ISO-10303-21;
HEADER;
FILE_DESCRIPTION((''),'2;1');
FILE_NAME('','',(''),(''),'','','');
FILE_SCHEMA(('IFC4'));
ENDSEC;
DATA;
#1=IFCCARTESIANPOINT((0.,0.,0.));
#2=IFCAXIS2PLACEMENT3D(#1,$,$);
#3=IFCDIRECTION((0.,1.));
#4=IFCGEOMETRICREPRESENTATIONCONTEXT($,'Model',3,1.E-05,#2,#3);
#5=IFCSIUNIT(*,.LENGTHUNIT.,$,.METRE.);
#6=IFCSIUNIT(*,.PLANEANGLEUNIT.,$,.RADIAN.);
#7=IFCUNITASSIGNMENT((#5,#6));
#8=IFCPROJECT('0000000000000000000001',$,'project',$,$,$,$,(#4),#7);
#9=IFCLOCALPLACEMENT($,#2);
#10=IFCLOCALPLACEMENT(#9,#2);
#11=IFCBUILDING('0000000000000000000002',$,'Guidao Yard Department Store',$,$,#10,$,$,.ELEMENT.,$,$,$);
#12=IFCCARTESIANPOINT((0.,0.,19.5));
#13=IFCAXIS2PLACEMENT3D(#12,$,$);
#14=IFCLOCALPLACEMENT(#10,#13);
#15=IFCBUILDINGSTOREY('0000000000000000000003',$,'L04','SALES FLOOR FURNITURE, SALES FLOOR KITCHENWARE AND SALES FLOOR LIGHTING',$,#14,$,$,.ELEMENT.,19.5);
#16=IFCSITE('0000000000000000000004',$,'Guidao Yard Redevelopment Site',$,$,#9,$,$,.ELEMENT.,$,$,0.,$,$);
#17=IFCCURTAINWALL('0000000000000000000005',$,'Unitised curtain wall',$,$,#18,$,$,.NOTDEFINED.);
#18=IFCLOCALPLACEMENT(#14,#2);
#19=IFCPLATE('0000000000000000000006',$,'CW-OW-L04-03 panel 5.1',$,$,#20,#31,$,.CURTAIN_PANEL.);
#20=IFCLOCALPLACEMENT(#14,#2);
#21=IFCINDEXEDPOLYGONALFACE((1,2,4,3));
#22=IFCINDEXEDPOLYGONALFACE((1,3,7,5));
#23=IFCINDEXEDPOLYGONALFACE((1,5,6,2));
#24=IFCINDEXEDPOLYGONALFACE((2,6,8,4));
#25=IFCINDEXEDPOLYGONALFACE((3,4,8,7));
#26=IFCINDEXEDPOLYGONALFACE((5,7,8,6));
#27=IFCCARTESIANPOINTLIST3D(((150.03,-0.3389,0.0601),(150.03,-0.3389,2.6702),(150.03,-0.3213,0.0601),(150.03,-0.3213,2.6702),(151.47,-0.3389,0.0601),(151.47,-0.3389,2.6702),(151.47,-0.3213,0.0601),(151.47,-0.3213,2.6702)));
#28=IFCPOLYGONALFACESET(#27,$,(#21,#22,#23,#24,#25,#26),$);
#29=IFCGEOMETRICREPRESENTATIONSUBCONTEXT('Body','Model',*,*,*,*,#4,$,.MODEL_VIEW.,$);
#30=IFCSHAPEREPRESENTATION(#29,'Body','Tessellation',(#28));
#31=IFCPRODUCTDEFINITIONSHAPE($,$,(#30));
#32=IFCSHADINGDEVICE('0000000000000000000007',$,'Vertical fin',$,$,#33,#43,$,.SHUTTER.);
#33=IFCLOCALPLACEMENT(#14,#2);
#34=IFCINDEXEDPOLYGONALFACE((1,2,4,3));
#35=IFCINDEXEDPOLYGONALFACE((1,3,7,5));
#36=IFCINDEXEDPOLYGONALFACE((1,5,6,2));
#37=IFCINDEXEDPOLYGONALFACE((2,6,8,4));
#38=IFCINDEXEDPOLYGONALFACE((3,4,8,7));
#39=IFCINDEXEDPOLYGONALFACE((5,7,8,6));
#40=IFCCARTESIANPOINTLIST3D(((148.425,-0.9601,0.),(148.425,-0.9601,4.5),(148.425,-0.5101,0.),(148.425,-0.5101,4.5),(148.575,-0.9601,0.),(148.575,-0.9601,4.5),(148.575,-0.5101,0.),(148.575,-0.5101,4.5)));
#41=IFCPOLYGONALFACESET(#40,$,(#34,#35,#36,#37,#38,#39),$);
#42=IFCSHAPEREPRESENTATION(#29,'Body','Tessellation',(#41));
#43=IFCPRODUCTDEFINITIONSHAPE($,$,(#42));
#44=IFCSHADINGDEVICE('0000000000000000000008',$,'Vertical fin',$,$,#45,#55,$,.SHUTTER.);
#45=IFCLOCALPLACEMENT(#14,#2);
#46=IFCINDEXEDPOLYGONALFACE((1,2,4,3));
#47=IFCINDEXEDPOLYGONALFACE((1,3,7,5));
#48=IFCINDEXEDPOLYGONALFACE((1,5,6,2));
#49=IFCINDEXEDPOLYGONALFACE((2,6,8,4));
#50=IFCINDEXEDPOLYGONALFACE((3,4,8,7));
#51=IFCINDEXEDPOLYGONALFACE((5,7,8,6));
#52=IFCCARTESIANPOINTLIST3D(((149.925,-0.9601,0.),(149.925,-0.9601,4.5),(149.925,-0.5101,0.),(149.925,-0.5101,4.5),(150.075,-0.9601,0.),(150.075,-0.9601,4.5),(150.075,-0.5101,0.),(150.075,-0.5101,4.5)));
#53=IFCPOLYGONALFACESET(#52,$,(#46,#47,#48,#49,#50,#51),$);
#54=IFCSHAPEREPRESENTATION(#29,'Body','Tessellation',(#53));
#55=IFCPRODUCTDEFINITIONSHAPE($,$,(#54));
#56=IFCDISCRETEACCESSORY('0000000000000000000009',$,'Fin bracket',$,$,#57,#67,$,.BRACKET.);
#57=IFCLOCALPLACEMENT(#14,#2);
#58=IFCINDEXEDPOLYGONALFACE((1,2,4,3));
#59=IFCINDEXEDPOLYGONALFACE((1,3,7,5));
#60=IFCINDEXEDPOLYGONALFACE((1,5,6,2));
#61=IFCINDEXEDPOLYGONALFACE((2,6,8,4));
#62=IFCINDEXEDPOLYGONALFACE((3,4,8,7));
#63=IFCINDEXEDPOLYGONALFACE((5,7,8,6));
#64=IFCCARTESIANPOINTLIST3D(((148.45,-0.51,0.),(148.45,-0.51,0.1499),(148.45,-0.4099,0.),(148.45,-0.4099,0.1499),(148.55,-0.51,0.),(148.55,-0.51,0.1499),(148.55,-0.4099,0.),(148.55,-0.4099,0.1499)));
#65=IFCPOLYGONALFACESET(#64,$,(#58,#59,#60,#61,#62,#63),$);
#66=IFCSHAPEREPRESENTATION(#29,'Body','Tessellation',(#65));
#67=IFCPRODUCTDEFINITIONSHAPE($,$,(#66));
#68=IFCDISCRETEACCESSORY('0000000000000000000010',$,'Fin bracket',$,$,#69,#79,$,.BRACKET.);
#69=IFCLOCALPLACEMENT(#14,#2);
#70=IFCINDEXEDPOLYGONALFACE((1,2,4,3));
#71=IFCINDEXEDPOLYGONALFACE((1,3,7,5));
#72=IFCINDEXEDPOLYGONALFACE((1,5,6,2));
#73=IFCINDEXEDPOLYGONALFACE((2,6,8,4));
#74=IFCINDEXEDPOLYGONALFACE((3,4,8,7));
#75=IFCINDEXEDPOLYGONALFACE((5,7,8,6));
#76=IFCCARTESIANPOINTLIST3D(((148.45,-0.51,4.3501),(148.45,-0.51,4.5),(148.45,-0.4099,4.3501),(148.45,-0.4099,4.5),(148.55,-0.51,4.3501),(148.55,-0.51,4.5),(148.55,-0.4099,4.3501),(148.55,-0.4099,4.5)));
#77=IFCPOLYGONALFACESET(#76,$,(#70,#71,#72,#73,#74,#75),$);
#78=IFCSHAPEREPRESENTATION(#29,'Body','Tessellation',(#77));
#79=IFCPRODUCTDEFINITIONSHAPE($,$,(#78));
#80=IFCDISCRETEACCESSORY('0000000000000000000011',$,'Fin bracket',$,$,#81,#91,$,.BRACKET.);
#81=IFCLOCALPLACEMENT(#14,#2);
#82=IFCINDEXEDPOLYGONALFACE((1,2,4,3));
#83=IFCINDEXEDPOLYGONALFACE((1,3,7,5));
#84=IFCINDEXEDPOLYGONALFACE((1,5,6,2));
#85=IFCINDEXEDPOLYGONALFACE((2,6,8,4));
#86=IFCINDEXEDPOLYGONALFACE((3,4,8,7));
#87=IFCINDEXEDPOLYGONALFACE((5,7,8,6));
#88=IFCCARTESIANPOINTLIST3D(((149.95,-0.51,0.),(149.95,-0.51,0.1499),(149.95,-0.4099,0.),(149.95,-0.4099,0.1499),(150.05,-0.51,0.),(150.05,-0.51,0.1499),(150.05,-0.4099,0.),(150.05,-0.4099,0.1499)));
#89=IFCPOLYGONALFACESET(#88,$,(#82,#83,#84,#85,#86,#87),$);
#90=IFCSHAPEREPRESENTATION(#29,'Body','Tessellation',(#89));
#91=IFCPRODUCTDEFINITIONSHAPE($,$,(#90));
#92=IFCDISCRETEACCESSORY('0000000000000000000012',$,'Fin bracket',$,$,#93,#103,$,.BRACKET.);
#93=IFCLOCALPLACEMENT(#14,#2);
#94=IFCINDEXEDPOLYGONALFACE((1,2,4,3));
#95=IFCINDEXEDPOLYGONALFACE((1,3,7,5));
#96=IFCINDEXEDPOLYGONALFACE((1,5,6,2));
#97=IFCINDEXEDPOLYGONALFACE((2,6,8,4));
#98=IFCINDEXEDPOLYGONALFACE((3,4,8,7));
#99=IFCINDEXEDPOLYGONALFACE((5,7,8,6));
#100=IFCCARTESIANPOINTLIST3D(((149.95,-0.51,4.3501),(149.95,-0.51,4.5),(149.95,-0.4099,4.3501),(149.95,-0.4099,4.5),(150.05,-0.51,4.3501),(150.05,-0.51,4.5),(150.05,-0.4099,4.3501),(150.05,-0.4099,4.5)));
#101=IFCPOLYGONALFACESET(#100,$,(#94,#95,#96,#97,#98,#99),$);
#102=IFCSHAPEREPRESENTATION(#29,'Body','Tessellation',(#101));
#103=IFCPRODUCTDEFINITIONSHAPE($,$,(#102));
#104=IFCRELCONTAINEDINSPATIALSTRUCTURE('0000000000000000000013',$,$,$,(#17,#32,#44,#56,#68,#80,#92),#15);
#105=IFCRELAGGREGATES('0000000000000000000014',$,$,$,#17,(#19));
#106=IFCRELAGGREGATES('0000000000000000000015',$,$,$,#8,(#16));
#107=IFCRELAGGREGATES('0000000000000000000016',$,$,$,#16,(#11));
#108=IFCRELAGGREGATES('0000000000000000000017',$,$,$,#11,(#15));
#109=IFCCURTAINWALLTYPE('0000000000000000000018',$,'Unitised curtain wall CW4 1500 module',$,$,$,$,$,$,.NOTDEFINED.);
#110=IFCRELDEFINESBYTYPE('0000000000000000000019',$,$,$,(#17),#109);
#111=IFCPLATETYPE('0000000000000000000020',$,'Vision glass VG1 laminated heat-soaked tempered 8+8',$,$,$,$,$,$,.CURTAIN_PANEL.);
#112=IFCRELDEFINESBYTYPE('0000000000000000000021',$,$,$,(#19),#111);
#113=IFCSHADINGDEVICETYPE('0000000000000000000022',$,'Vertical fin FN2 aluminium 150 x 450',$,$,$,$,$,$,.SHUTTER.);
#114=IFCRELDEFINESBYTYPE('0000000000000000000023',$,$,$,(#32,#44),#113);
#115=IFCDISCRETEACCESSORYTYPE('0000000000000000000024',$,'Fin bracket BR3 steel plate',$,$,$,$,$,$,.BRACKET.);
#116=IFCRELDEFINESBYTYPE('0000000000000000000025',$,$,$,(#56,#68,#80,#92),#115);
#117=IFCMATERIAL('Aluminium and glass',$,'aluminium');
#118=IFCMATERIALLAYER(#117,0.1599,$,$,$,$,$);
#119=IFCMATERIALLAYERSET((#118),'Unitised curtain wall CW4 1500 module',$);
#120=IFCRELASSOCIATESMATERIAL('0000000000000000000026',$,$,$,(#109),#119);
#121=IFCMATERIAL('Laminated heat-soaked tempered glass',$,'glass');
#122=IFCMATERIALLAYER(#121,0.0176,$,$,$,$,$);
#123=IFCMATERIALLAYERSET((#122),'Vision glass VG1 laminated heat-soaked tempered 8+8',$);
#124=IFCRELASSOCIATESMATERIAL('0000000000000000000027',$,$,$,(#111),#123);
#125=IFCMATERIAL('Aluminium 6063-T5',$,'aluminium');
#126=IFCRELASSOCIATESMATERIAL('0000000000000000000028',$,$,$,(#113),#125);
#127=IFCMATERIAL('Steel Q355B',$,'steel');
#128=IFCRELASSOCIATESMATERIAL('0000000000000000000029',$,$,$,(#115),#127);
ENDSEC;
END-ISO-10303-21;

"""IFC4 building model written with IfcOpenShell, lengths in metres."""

from ifc_helpers import new_model, si_unit, direction, frame, origin, origin_2d, place, context, subcontext, project, spatial, rectangle, extrude, material, layer, layer_set, type_object, element, aggregate, save


model = new_model("IFC4")

# Units and contexts
model_context = context("Model", 3, precision=1e-05, world=origin(), true_north=direction((0.0, 1.0)))
body_context = subcontext(model_context, "Body", "Model", "MODEL_VIEW")
ifc_project = project(units=[si_unit("LENGTHUNIT", "METRE"), si_unit("PLANEANGLEUNIT", "RADIAN")], contexts=[model_context])

# Site, building, storey
site_placement = place(None, origin())
site = spatial("IfcSite", under=ifc_project, at=site_placement, Name="Guidao Yard Redevelopment Site", CompositionType="ELEMENT", RefElevation=0.0)
building_placement = place(site_placement, origin())
building = spatial("IfcBuilding", under=site, at=building_placement, Name="Guidao Yard Department Store", CompositionType="ELEMENT")
storey_placement = place(building_placement, frame((0.0, 0.0, 19.5)))
storey = spatial("IfcBuildingStorey", under=building, at=storey_placement, Name="L04", Description="SALES FLOOR FURNITURE, SALES FLOOR KITCHENWARE AND SALES FLOOR LIGHTING", CompositionType="ELEMENT", Elevation=19.5)

# Curtain wall, plate
ifc_material_1 = material(Name="Aluminium and glass", Category="aluminium")
ifc_layer_1 = layer(ifc_material_1, 0.1599)
ifc_layer_set_1 = layer_set([ifc_layer_1], Name="Unitised curtain wall CW4 1500 module")
curtain_wall_type = type_object("IfcCurtainWallType", Name="Unitised curtain wall CW4 1500 module", PredefinedType="NOTDEFINED", material=ifc_layer_set_1)
curtain_wall_placement = place(storey_placement, origin())
curtain_wall = element("IfcCurtainWall", 1, at=curtain_wall_placement, inside=storey, type_object=curtain_wall_type, Name="Unitised curtain wall", PredefinedType="NOTDEFINED")
ifc_material_2 = material(Name="Laminated heat-soaked tempered glass", Category="glass")
ifc_layer_2 = layer(ifc_material_2, 0.0176)
ifc_layer_set_2 = layer_set([ifc_layer_2], Name="Vision glass VG1 laminated heat-soaked tempered 8+8")
plate_type_1 = type_object("IfcPlateType", Name="Vision glass VG1 laminated heat-soaked tempered 8+8", PredefinedType="CURTAIN_PANEL", material=ifc_layer_set_2)
plate_1_placement = place(storey_placement, frame((150.75, -0.3301, 0.0601), z_axis=(0.0, 0.0, 1.0), x_axis=(-1.0, 0.0, 0.0)))
plate_1 = element("IfcPlate", 2, at=plate_1_placement, type_object=plate_type_1, Name="CW-OW-L04-03 panel 5.1", PredefinedType="CURTAIN_PANEL", context=body_context, shape_type="SweptSolid", body=[
    extrude(rectangle(XDim=1.4399, YDim=0.0176, at=origin_2d()), origin(), (0.0, 0.0, 1.0), 2.6101),
])
aggregate(curtain_wall, [plate_1])

# Shading devices
ifc_material_3 = material(Name="Aluminium 6063-T5", Category="aluminium")
shading_device_type = type_object("IfcShadingDeviceType", Name="Vertical fin FN2 aluminium 150 x 450", PredefinedType="SHUTTER", material=ifc_material_3)
for number, where, z_axis, x_axis, name in (
    (3, (148.5, -0.7351, 0.0), (0.0, 0.0, 1.0), (-1.0, 0.0, 0.0), "Vertical fin"),
    (4, (150.0, -0.7351, 0.0), (0.0, 0.0, 1.0), (-1.0, 0.0, 0.0), "Vertical fin"),
):
    element("IfcShadingDevice", number, at=place(storey_placement, frame(where, z_axis=z_axis, x_axis=x_axis)), inside=storey, type_object=shading_device_type, Name=name, PredefinedType="SHUTTER", context=body_context, shape_type="SweptSolid", body=[
        extrude(rectangle(XDim=0.1499, YDim=0.45, at=origin_2d()), origin(), (0.0, 0.0, 1.0), 4.5),
    ])

# Discrete accessories
ifc_material_4 = material(Name="Steel Q355B", Category="steel")
discrete_accessory_type = type_object("IfcDiscreteAccessoryType", Name="Fin bracket BR3 steel plate", PredefinedType="BRACKET", material=ifc_material_4)
for number, where, z_axis, x_axis, name in (
    (5, (148.5, -0.46, 0.0), (0.0, 0.0, 1.0), (-1.0, 0.0, 0.0), "Fin bracket"),
    (6, (148.5, -0.46, 4.3501), (0.0, 0.0, 1.0), (-1.0, 0.0, 0.0), "Fin bracket"),
    (7, (150.0, -0.46, 0.0), (0.0, 0.0, 1.0), (-1.0, 0.0, 0.0), "Fin bracket"),
    (8, (150.0, -0.46, 4.3501), (0.0, 0.0, 1.0), (-1.0, 0.0, 0.0), "Fin bracket"),
):
    element("IfcDiscreteAccessory", number, at=place(storey_placement, frame(where, z_axis=z_axis, x_axis=x_axis)), inside=storey, type_object=discrete_accessory_type, Name=name, PredefinedType="BRACKET", context=body_context, shape_type="SweptSolid", body=[
        extrude(rectangle(XDim=0.1001, YDim=0.1001, at=origin_2d()), origin(), (0.0, 0.0, 1.0), 0.1499),
    ])

save(model, "model.ifc")
